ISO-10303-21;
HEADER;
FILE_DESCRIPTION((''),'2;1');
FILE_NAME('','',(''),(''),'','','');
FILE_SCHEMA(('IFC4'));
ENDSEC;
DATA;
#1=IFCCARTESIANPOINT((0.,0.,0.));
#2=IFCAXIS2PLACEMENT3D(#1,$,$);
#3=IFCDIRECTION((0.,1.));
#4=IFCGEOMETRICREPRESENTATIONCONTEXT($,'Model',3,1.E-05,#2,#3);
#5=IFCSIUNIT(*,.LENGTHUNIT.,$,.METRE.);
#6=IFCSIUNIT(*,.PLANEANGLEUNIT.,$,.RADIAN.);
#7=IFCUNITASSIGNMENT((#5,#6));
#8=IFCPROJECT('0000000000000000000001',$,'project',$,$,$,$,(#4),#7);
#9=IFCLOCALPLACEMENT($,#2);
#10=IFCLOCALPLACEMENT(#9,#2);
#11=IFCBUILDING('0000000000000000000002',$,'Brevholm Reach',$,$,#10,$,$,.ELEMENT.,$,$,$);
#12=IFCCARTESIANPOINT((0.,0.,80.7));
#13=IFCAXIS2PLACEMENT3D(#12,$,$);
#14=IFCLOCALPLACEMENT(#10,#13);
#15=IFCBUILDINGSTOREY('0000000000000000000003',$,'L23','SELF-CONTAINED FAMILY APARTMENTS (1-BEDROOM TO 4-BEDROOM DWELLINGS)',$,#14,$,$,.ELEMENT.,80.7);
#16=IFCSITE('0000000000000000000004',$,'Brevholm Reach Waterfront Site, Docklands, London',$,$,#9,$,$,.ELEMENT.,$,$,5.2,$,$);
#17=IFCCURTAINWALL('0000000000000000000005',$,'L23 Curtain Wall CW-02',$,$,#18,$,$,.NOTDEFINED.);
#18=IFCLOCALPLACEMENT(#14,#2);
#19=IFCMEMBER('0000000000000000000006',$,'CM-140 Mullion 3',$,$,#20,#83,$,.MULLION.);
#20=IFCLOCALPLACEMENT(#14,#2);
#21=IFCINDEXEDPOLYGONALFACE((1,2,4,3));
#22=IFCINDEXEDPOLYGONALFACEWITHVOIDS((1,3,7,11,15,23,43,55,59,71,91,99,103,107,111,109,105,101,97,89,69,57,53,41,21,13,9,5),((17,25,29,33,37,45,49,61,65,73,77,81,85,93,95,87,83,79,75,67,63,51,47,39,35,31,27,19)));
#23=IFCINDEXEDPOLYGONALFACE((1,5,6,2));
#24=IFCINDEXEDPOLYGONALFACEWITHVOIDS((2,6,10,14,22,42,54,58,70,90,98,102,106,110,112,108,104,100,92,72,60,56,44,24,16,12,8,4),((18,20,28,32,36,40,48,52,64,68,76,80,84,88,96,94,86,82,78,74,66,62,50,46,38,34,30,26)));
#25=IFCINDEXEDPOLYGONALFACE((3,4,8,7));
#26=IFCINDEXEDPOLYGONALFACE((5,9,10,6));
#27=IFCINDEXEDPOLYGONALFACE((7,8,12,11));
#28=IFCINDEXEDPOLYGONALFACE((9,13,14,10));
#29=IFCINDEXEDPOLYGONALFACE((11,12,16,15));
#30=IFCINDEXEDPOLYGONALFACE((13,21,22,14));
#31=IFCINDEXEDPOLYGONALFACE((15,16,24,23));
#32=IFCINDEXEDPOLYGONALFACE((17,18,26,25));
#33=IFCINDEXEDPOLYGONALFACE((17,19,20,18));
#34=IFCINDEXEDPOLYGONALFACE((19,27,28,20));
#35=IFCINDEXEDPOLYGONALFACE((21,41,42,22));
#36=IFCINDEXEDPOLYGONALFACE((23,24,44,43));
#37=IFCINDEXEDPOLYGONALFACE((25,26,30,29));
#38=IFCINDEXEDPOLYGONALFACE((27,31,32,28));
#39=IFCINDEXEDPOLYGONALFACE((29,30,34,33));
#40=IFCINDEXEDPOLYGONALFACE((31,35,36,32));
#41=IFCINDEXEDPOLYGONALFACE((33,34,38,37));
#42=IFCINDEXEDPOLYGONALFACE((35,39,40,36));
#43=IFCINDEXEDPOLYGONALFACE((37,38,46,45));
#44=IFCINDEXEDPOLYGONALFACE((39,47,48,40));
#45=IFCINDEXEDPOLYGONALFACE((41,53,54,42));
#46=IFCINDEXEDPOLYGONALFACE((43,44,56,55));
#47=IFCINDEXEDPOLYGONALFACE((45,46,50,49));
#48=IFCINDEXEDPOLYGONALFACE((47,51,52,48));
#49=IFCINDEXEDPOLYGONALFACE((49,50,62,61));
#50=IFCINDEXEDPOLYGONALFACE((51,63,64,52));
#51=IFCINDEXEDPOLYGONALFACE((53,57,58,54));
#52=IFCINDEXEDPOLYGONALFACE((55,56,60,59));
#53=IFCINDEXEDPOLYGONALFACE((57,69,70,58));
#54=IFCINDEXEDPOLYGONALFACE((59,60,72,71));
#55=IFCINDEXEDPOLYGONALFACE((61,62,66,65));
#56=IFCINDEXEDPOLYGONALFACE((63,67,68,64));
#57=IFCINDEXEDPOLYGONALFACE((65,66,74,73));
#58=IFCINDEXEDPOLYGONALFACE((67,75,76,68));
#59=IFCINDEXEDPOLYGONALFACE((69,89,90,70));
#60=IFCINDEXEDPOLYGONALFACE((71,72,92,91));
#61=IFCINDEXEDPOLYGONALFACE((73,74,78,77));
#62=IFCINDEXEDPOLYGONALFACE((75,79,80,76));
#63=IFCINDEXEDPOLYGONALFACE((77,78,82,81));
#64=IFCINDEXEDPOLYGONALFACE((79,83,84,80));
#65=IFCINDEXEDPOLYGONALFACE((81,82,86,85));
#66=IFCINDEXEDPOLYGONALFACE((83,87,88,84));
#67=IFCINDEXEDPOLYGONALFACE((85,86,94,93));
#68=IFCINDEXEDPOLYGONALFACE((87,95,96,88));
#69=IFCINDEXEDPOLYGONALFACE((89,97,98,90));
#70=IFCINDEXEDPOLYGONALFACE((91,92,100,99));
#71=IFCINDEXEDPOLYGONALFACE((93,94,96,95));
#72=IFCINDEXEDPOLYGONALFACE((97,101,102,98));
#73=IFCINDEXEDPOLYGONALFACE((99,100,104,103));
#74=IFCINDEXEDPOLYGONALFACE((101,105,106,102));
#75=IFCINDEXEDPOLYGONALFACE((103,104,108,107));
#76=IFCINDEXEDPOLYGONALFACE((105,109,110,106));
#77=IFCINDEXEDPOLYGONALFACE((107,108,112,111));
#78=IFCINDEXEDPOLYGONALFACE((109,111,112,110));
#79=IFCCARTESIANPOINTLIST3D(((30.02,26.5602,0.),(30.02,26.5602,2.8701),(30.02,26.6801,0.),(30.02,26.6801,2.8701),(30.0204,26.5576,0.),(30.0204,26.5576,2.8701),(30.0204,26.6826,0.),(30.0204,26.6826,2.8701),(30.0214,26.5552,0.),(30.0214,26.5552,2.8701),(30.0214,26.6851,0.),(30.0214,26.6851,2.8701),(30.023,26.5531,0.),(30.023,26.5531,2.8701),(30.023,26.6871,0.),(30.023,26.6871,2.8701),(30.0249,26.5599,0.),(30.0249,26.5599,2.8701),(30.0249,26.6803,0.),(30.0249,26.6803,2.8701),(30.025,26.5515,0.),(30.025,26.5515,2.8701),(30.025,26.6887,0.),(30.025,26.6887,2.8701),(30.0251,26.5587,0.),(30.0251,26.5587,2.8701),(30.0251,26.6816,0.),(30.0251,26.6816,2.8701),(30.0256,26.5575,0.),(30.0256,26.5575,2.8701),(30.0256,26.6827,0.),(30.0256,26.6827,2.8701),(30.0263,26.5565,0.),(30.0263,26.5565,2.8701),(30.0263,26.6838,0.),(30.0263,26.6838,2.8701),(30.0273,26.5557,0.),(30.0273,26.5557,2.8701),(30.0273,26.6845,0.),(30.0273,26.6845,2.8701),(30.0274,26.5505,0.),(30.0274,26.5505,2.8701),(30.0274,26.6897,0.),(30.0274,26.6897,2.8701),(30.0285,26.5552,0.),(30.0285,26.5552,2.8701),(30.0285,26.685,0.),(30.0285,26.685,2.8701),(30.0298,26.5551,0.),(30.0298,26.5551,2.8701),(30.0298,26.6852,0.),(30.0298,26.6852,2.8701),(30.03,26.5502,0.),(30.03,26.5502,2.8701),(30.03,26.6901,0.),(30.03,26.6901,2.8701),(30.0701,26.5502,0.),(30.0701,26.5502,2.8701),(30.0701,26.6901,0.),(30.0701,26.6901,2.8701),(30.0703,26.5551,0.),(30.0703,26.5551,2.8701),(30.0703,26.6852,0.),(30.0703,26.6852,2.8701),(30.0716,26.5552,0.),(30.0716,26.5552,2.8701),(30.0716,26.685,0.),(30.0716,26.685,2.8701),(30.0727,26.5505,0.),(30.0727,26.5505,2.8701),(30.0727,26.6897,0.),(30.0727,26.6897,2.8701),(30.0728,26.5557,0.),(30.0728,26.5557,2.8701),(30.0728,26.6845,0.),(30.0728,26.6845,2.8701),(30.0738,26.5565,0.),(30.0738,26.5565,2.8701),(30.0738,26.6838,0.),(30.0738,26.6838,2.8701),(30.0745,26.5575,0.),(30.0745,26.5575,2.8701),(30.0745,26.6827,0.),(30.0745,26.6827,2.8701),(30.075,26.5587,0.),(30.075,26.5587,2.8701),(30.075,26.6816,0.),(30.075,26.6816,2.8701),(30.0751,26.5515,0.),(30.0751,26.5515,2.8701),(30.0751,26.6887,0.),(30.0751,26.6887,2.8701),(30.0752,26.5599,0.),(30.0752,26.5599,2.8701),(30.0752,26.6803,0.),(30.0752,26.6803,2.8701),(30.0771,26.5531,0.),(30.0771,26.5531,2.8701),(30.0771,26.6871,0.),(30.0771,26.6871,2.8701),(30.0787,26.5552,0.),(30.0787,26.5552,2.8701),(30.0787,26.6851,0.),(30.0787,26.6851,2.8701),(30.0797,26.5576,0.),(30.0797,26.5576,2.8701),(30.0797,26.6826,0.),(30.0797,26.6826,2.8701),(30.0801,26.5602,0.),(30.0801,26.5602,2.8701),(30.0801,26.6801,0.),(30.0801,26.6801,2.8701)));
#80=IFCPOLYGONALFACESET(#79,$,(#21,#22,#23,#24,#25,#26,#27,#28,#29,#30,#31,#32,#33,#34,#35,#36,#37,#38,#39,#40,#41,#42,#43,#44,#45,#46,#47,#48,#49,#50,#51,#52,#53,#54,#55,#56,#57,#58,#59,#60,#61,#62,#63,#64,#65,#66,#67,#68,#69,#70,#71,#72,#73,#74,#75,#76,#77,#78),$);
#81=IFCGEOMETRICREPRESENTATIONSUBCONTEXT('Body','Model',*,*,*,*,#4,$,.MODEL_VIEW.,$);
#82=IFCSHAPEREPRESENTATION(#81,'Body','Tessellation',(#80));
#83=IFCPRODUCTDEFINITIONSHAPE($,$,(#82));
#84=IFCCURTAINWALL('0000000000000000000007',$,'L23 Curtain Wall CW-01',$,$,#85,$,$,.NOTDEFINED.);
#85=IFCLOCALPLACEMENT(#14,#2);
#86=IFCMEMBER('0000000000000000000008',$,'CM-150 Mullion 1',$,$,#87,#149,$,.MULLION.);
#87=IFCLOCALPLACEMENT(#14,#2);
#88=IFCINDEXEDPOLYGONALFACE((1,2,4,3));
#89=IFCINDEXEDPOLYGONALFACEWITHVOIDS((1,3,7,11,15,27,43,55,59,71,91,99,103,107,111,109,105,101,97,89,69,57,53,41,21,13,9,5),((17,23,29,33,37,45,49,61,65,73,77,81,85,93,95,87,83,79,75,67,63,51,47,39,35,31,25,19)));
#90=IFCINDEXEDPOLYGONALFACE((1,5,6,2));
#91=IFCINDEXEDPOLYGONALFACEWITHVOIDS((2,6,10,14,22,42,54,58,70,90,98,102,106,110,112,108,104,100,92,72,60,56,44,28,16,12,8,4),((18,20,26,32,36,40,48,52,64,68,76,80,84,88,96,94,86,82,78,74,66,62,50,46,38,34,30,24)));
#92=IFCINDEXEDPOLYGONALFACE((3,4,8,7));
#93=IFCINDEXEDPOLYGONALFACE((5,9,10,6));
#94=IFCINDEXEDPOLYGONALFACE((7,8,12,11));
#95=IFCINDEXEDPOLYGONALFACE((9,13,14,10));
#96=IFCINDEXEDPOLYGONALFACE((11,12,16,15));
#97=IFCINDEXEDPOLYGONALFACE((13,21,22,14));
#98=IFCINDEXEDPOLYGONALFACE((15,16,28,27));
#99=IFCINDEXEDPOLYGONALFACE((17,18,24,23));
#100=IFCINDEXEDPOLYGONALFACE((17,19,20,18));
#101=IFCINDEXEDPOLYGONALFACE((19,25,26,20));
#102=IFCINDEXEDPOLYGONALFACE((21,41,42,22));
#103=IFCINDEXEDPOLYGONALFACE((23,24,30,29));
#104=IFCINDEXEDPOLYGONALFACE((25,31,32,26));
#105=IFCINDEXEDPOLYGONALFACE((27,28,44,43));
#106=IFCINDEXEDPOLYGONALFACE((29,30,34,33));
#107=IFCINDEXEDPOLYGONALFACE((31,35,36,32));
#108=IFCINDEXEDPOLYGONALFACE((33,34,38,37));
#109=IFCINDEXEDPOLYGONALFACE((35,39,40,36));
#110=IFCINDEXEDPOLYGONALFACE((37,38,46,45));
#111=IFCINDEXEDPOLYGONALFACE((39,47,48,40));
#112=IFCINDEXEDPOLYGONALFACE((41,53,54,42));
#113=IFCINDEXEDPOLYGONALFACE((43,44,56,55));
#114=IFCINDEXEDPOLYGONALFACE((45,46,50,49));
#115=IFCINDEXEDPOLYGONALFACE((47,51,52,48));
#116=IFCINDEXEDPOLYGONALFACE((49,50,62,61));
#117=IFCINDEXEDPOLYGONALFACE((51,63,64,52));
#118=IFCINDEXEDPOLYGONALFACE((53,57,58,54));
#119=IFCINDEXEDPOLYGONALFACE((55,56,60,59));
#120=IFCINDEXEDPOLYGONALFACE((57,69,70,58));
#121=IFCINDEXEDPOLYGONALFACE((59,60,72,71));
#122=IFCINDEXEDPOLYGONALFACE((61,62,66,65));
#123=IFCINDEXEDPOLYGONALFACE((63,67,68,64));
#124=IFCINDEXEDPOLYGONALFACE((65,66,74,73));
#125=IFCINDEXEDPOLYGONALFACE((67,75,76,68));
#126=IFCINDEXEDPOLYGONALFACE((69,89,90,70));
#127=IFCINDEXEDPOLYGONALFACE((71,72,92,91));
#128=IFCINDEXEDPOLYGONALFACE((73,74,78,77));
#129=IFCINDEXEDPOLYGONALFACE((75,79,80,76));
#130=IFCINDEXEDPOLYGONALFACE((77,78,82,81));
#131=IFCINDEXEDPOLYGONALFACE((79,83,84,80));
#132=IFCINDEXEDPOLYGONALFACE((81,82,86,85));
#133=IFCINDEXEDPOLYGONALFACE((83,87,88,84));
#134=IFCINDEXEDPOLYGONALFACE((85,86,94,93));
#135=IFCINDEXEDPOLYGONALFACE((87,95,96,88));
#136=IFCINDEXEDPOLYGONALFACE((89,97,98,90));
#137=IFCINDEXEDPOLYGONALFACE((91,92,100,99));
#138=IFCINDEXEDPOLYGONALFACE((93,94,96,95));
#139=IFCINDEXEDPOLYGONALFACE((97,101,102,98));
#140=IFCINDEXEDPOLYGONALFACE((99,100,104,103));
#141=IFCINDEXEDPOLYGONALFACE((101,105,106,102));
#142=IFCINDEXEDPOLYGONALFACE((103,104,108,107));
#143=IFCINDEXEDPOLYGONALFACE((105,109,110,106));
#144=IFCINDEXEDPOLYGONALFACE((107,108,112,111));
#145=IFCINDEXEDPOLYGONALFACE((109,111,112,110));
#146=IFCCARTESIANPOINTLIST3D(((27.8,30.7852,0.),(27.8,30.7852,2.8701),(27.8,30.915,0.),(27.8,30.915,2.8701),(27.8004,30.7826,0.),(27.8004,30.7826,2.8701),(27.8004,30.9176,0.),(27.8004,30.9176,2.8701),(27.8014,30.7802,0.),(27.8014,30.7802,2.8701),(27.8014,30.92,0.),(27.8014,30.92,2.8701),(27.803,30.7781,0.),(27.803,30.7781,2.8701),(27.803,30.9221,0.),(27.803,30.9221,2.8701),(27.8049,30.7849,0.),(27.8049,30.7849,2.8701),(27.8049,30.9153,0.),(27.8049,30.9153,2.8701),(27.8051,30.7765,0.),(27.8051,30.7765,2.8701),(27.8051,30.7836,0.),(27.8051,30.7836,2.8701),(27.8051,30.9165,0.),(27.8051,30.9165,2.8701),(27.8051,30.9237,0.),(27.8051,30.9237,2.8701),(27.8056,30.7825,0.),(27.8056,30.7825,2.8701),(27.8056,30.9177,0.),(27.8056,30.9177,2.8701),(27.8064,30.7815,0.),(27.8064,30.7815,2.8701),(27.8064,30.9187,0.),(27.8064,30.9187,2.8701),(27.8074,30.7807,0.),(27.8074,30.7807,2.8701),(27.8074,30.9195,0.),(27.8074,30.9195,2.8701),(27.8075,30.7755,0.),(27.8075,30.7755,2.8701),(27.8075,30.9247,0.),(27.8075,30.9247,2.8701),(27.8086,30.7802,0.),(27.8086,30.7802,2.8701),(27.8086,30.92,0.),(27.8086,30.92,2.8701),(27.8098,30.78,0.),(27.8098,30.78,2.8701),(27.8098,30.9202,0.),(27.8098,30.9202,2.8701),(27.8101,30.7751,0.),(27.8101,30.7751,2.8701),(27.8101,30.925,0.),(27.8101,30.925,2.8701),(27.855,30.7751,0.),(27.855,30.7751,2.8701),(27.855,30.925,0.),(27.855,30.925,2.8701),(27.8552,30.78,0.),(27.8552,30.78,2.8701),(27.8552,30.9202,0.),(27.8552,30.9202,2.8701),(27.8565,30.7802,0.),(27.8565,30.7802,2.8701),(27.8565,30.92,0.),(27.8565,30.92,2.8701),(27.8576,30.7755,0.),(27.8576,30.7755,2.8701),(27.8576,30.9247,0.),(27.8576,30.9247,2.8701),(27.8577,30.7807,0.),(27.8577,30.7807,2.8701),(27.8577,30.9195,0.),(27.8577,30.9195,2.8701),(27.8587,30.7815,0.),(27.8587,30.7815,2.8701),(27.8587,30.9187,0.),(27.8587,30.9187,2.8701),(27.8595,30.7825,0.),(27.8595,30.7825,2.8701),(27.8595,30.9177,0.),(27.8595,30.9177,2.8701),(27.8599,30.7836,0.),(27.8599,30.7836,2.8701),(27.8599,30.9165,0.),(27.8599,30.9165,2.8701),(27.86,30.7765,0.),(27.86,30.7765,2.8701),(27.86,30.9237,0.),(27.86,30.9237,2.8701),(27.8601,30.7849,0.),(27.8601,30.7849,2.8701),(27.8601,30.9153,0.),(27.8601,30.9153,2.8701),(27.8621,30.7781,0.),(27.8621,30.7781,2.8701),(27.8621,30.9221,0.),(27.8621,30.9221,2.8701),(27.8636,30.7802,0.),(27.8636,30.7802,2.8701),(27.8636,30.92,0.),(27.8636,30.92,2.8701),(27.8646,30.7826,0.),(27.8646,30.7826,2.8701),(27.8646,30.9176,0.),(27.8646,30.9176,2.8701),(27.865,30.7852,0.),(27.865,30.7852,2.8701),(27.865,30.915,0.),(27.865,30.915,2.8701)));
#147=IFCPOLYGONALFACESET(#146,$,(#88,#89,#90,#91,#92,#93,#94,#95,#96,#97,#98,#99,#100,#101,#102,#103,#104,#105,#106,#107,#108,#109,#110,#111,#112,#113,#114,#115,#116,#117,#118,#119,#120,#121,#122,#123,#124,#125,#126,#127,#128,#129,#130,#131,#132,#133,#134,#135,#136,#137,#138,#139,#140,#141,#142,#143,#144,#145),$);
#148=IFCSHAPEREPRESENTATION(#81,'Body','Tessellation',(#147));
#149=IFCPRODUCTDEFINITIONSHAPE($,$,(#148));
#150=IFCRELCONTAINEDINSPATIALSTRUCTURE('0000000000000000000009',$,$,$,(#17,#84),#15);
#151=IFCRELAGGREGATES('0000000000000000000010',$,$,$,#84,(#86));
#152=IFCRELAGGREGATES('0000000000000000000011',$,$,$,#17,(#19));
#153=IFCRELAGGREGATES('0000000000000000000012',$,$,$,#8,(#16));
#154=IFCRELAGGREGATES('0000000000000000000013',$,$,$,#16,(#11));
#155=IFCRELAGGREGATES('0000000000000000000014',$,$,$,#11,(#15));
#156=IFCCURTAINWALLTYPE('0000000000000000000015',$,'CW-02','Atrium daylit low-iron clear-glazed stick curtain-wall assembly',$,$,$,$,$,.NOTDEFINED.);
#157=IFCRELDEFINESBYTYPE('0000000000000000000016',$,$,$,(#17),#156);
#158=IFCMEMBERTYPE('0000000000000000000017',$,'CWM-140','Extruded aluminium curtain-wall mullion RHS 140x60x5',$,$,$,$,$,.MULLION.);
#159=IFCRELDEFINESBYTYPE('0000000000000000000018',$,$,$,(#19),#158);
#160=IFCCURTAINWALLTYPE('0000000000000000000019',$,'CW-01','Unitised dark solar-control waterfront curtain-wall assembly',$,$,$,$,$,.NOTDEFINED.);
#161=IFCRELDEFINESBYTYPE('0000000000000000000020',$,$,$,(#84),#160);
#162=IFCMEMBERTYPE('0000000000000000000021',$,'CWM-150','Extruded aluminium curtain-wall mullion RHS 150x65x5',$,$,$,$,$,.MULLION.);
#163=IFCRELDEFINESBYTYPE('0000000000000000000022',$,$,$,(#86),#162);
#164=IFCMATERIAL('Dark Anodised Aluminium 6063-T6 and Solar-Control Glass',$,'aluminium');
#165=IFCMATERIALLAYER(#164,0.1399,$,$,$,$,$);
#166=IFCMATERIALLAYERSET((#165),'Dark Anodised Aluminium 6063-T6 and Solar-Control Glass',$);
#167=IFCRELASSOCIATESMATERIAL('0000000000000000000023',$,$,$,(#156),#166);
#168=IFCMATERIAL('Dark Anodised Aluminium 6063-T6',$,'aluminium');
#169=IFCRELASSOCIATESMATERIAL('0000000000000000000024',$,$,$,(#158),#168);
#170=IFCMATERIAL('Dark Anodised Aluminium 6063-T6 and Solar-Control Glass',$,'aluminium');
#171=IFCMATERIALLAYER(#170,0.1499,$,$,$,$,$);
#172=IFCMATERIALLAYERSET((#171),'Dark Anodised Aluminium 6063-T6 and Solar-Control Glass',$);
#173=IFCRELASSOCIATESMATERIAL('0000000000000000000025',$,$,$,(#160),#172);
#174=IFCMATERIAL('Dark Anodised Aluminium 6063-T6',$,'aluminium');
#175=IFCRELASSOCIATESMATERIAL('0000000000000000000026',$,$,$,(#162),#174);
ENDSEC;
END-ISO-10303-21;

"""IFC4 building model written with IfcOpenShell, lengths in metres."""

from ifc_helpers import new_model, si_unit, direction, frame, origin, origin_2d, place, context, subcontext, project, spatial, hollow_rectangle, extrude, material, layer, layer_set, material_profile, profile_set, type_object, element, aggregate, save


model = new_model("IFC4")

# Units and contexts
model_context = context("Model", 3, precision=1e-05, world=origin(), true_north=direction((0.0, 1.0)))
body_context = subcontext(model_context, "Body", "Model", "MODEL_VIEW")
ifc_project = project(units=[si_unit("LENGTHUNIT", "METRE"), si_unit("PLANEANGLEUNIT", "RADIAN")], contexts=[model_context])

# Site, building, storey
site_placement = place(None, origin())
site = spatial("IfcSite", under=ifc_project, at=site_placement, Name="Brevholm Reach Waterfront Site, Docklands, London", CompositionType="ELEMENT", RefElevation=5.2)
building_placement = place(site_placement, origin())
building = spatial("IfcBuilding", under=site, at=building_placement, Name="Brevholm Reach", CompositionType="ELEMENT")
storey_placement = place(building_placement, frame((0.0, 0.0, 80.7)))
storey = spatial("IfcBuildingStorey", under=building, at=storey_placement, Name="L23", Description="SELF-CONTAINED FAMILY APARTMENTS (1-BEDROOM TO 4-BEDROOM DWELLINGS)", CompositionType="ELEMENT", Elevation=80.7)

# Curtain walls, members
ifc_material_1 = material(Name="Dark Anodised Aluminium 6063-T6 and Solar-Control Glass", Category="aluminium")
ifc_layer_1 = layer(ifc_material_1, 0.1399)
ifc_layer_set_1 = layer_set([ifc_layer_1], Name="Dark Anodised Aluminium 6063-T6 and Solar-Control Glass")
curtain_wall_type_1 = type_object("IfcCurtainWallType", Name="CW-02", Description="Atrium daylit low-iron clear-glazed stick curtain-wall assembly", PredefinedType="NOTDEFINED", material=ifc_layer_set_1)
curtain_wall_1_placement = place(storey_placement, origin())
curtain_wall_1 = element("IfcCurtainWall", 1, at=curtain_wall_1_placement, inside=storey, type_object=curtain_wall_type_1, Name="L23 Curtain Wall CW-02", PredefinedType="NOTDEFINED")
ifc_material_2 = material(Name="Dark Anodised Aluminium 6063-T6", Category="aluminium")
ifc_material_profile_1 = material_profile(ifc_material_2, hollow_rectangle(XDim=0.0601, YDim=0.1399, WallThickness=0.0049, InnerFilletRadius=0.0049, OuterFilletRadius=0.01, at=origin_2d()), Name="RHS 140x60x5")
ifc_profile_set_1 = profile_set([ifc_material_profile_1], Name="Dark Anodised Aluminium 6063-T6")
member_type_1 = type_object("IfcMemberType", Name="CWM-140", Description="Extruded aluminium curtain-wall mullion RHS 140x60x5", PredefinedType="MULLION", material=ifc_profile_set_1)
member_1_placement = place(storey_placement, frame((30.05, 26.6201, 0.0), z_axis=(0.0, 0.0, 1.0), x_axis=(-1.0, 0.0, 0.0)))
member_1 = element("IfcMember", 2, at=member_1_placement, type_object=member_type_1, Name="CM-140 Mullion 3", PredefinedType="MULLION", context=body_context, shape_type="SweptSolid", body=[
    extrude(hollow_rectangle(XDim=0.0601, YDim=0.1399, WallThickness=0.0049, InnerFilletRadius=0.0049, OuterFilletRadius=0.01, at=origin_2d()), origin(), (0.0, 0.0, 1.0), 2.8701),
])
ifc_material_3 = material(Name="Dark Anodised Aluminium 6063-T6 and Solar-Control Glass", Category="aluminium")
ifc_layer_2 = layer(ifc_material_3, 0.1499)
ifc_layer_set_2 = layer_set([ifc_layer_2], Name="Dark Anodised Aluminium 6063-T6 and Solar-Control Glass")
curtain_wall_type_2 = type_object("IfcCurtainWallType", Name="CW-01", Description="Unitised dark solar-control waterfront curtain-wall assembly", PredefinedType="NOTDEFINED", material=ifc_layer_set_2)
curtain_wall_2_placement = place(storey_placement, origin())
curtain_wall_2 = element("IfcCurtainWall", 3, at=curtain_wall_2_placement, inside=storey, type_object=curtain_wall_type_2, Name="L23 Curtain Wall CW-01", PredefinedType="NOTDEFINED")
ifc_material_4 = material(Name="Dark Anodised Aluminium 6063-T6", Category="aluminium")
ifc_material_profile_2 = material_profile(ifc_material_4, hollow_rectangle(XDim=0.0649, YDim=0.1499, WallThickness=0.0049, InnerFilletRadius=0.0049, OuterFilletRadius=0.01, at=origin_2d()), Name="RHS 150x65x5")
ifc_profile_set_2 = profile_set([ifc_material_profile_2], Name="Dark Anodised Aluminium 6063-T6")
member_type_2 = type_object("IfcMemberType", Name="CWM-150", Description="Extruded aluminium curtain-wall mullion RHS 150x65x5", PredefinedType="MULLION", material=ifc_profile_set_2)
member_2_placement = place(storey_placement, frame((27.8325, 30.8501, 0.0), z_axis=(0.0, 0.0, 1.0), x_axis=(1.0, 0.0, 0.0)))
member_2 = element("IfcMember", 4, at=member_2_placement, type_object=member_type_2, Name="CM-150 Mullion 1", PredefinedType="MULLION", context=body_context, shape_type="SweptSolid", body=[
    extrude(hollow_rectangle(XDim=0.0649, YDim=0.1499, WallThickness=0.0049, InnerFilletRadius=0.0049, OuterFilletRadius=0.01, at=origin_2d()), origin(), (0.0, 0.0, 1.0), 2.8701),
])

aggregate(curtain_wall_2, [member_2])
aggregate(curtain_wall_1, [member_1])

save(model, "model.ifc")
